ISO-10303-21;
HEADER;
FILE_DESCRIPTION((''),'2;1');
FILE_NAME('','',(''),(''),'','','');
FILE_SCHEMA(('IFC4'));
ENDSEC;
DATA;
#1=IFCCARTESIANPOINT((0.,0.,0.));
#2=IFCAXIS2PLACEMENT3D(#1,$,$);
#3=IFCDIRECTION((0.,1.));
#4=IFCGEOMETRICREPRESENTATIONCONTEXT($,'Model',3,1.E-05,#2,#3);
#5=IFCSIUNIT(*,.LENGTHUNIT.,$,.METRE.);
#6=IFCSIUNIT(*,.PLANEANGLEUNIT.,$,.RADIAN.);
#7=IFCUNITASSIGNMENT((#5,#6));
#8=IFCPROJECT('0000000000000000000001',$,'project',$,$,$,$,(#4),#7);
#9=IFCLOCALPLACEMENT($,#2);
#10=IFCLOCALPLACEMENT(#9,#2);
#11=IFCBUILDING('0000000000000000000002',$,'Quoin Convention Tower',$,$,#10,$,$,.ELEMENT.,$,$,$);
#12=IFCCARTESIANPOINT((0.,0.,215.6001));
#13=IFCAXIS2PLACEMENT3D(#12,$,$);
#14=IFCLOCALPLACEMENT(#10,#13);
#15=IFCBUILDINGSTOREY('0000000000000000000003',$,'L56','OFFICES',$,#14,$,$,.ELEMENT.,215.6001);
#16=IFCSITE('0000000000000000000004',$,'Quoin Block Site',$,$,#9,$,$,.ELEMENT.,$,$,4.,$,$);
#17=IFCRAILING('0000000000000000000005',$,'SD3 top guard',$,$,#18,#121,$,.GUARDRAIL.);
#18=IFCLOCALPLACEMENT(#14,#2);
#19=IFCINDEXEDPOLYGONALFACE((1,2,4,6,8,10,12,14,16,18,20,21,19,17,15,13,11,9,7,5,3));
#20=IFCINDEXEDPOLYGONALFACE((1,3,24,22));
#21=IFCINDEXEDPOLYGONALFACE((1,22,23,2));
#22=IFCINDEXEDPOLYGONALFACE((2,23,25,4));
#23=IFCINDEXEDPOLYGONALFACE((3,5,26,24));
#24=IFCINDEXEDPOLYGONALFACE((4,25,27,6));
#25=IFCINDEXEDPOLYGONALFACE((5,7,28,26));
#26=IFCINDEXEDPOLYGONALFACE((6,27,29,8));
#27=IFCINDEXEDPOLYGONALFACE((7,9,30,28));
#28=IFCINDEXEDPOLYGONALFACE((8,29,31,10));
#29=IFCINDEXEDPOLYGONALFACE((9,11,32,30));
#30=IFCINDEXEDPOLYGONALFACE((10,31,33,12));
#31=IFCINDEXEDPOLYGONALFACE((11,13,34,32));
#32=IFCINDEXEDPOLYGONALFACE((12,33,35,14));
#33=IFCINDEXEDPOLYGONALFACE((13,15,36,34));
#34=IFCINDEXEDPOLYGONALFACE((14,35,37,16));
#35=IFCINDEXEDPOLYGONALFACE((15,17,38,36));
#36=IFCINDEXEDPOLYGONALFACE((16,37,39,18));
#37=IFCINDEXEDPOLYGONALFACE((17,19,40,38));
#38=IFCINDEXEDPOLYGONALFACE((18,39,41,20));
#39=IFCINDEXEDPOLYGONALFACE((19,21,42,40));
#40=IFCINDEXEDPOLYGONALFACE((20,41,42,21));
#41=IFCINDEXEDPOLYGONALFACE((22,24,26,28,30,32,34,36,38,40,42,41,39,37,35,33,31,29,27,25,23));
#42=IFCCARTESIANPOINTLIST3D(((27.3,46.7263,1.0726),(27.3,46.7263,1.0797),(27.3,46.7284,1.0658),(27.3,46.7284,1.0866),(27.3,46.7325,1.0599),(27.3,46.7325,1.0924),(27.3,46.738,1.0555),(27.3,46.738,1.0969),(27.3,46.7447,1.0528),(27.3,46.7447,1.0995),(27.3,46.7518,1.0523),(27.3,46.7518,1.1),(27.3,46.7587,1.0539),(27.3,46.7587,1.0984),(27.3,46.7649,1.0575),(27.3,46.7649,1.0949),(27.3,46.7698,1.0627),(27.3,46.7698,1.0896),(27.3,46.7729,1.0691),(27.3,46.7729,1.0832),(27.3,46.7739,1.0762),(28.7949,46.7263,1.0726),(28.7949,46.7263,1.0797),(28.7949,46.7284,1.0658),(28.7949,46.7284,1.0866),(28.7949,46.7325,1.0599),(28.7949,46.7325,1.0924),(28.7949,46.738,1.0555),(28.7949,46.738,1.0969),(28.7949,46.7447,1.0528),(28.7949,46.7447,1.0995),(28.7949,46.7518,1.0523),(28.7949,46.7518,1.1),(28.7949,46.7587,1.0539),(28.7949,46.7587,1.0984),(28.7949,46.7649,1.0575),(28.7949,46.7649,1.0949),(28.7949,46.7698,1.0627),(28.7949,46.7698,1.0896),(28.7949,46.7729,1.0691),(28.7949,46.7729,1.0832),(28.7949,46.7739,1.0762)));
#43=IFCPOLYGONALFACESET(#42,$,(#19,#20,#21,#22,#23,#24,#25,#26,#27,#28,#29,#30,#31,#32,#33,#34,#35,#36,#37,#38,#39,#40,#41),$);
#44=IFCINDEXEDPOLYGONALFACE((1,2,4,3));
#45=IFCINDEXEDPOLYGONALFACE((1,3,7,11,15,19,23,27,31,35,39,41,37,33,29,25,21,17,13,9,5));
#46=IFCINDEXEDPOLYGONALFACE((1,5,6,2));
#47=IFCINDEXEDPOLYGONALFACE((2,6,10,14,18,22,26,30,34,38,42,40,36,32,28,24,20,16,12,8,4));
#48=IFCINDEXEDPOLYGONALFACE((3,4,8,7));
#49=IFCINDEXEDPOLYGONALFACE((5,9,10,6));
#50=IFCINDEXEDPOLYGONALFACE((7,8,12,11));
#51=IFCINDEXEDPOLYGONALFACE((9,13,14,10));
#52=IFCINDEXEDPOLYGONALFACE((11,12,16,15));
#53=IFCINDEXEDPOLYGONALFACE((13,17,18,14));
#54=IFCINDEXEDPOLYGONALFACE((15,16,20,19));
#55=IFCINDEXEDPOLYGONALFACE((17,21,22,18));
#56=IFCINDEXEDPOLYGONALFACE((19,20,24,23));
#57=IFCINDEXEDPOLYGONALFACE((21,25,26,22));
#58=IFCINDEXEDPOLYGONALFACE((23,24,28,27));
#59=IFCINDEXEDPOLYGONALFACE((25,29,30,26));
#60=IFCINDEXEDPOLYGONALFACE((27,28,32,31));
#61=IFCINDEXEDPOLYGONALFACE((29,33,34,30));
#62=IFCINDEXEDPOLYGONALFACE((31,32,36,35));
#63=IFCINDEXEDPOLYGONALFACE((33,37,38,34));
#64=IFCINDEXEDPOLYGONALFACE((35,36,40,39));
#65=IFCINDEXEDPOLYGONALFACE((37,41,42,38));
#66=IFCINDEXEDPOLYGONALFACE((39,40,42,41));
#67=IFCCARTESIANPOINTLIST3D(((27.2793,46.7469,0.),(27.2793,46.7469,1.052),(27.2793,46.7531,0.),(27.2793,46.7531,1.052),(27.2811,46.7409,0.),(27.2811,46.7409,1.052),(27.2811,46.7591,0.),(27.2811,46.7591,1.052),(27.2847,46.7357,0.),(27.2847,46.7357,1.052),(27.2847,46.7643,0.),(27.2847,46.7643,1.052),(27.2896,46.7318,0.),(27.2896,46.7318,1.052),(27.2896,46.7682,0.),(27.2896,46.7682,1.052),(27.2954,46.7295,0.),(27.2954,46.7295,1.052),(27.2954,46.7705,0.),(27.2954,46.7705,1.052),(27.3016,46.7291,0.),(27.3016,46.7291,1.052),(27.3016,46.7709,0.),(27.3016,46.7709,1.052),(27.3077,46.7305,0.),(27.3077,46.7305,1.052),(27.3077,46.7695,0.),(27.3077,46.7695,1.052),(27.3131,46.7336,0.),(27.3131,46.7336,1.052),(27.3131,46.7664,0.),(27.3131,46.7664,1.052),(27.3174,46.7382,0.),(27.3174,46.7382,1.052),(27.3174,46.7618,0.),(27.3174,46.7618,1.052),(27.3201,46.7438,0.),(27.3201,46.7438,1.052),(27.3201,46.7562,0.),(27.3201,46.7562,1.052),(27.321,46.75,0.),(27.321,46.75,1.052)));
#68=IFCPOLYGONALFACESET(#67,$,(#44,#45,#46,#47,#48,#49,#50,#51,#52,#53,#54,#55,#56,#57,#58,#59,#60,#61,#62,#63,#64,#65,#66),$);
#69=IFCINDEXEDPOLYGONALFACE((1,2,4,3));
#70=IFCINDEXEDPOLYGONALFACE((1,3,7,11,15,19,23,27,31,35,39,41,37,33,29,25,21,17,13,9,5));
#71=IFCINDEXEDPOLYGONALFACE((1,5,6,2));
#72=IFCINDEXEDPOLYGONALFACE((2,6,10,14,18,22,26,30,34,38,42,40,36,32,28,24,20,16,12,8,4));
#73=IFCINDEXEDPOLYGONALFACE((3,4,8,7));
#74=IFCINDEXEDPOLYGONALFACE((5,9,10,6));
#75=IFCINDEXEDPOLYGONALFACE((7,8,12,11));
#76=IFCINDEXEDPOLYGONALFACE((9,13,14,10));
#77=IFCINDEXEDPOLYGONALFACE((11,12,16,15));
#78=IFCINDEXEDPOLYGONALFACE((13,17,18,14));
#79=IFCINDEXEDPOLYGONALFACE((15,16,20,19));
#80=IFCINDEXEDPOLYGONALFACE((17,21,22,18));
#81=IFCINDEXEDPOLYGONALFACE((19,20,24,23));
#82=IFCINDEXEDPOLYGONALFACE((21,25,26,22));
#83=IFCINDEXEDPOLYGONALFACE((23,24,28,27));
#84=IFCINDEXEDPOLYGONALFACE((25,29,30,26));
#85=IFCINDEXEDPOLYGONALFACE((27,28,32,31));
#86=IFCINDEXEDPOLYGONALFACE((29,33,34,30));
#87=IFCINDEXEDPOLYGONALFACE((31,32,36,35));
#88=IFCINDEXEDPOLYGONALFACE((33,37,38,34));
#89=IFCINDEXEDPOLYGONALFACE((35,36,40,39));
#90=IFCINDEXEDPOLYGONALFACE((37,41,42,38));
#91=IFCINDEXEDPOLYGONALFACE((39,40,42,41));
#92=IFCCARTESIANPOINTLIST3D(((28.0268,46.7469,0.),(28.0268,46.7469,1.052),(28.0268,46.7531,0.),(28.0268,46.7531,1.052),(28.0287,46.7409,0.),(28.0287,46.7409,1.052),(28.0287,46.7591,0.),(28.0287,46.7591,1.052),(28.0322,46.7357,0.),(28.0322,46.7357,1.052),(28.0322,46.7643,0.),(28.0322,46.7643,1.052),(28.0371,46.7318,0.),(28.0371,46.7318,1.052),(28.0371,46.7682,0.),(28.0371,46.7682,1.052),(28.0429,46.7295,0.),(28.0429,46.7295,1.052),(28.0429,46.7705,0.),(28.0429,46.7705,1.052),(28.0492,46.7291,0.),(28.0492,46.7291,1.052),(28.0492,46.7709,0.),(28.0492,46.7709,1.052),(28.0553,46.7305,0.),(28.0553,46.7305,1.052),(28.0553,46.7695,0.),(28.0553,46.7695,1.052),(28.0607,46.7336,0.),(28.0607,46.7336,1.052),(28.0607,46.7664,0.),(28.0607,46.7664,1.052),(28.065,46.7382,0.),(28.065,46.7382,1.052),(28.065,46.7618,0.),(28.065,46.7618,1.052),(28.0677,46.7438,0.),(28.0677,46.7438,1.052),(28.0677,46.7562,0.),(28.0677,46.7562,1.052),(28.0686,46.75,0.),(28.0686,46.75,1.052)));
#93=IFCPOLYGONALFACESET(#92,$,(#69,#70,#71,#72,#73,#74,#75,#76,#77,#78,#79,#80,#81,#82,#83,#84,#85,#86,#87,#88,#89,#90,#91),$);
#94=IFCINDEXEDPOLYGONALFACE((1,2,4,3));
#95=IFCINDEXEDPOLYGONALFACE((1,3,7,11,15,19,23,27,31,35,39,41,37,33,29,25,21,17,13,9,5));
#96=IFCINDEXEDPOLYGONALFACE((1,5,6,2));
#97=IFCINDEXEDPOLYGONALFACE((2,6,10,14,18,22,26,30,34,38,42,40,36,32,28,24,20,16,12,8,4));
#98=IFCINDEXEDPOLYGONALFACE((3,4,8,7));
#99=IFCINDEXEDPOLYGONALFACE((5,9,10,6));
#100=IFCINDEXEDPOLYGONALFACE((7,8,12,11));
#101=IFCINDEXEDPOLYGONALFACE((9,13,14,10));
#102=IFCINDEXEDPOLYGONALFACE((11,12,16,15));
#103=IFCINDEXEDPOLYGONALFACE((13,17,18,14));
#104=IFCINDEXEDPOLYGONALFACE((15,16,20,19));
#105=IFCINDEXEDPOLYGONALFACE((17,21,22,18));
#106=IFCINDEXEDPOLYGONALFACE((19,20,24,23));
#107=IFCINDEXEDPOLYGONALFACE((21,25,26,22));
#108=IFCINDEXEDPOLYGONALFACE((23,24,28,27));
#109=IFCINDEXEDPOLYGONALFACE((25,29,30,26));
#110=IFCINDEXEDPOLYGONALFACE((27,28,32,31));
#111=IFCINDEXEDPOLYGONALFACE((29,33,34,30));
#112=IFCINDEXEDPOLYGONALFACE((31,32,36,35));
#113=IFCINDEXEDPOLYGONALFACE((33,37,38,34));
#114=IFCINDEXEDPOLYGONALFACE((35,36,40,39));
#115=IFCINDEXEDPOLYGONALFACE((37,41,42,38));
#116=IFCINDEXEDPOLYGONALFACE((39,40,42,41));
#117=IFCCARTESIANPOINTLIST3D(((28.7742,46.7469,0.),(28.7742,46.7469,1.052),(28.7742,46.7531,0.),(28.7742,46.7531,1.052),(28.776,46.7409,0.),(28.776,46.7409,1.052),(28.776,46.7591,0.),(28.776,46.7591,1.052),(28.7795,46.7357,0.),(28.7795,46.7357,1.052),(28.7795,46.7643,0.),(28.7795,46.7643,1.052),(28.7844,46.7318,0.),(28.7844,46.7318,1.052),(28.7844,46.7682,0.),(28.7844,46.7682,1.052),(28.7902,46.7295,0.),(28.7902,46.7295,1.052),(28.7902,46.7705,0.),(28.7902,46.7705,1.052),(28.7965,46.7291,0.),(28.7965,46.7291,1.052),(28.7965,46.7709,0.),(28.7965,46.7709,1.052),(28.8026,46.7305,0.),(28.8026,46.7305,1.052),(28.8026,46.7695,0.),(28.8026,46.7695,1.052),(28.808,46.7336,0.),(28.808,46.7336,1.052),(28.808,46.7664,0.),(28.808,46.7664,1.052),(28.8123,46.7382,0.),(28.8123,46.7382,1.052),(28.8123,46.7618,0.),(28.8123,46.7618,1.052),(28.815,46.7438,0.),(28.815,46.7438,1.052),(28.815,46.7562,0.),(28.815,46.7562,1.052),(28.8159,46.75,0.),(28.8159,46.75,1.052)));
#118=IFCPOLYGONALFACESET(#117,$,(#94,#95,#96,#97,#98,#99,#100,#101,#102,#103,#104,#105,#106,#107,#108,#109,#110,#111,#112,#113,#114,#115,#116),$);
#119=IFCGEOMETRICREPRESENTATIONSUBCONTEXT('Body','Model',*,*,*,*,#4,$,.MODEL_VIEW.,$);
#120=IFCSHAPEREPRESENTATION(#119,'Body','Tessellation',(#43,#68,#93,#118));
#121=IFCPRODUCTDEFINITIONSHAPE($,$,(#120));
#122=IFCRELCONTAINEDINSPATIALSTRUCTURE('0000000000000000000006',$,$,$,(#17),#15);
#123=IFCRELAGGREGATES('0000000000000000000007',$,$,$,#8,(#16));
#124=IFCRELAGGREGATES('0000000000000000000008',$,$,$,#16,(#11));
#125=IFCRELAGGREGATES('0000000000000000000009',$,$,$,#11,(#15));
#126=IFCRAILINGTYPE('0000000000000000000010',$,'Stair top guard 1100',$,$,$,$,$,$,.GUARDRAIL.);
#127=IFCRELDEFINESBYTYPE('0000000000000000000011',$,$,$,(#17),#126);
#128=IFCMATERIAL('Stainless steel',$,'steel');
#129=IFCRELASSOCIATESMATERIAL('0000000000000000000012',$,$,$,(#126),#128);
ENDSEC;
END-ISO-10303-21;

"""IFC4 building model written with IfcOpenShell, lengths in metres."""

from ifc_helpers import new_model, si_unit, direction, frame, origin, origin_2d, place, context, subcontext, project, spatial, circle, extrude, material, type_object, element, save


model = new_model("IFC4")

# Units and contexts
model_context = context("Model", 3, precision=1e-05, world=origin(), true_north=direction((0.0, 1.0)))
body_context = subcontext(model_context, "Body", "Model", "MODEL_VIEW")
ifc_project = project(units=[si_unit("LENGTHUNIT", "METRE"), si_unit("PLANEANGLEUNIT", "RADIAN")], contexts=[model_context])

# Site, building, storey
site_placement = place(None, origin())
site = spatial("IfcSite", under=ifc_project, at=site_placement, Name="Quoin Block Site", CompositionType="ELEMENT", RefElevation=4.0)
building_placement = place(site_placement, origin())
building = spatial("IfcBuilding", under=site, at=building_placement, Name="Quoin Convention Tower", CompositionType="ELEMENT")
storey_placement = place(building_placement, frame((0.0, 0.0, 215.6001)))
storey = spatial("IfcBuildingStorey", under=building, at=storey_placement, Name="L56", Description="OFFICES", CompositionType="ELEMENT", Elevation=215.6001)

# Railing
ifc_material_1 = material(Name="Stainless steel", Category="steel")
railing_type_1 = type_object("IfcRailingType", Name="Stair top guard 1100", PredefinedType="GUARDRAIL", material=ifc_material_1)
railing_1_placement = place(storey_placement, frame((27.3, 46.75, 0.0)))
element("IfcRailing", 1, at=railing_1_placement, inside=storey, type_object=railing_type_1, Name="SD3 top guard", PredefinedType="GUARDRAIL", context=body_context, shape_type="SweptSolid", body=[
    extrude(circle(Radius=0.0239, at=origin_2d()), frame((0.0, 0.0, 1.0762), z_axis=(1.0, 0.0, 0.0), x_axis=(0.0, 1.0, 0.0)), (0.0, 0.0, 1.0), 1.4949),
    extrude(circle(Radius=0.021, at=origin_2d()), origin(), (0.0, 0.0, 1.0), 1.052),
    extrude(circle(Radius=0.021, at=origin_2d()), frame((0.7476, 0.0, 0.0)), (0.0, 0.0, 1.0), 1.052),
    extrude(circle(Radius=0.021, at=origin_2d()), frame((1.4949, 0.0, 0.0)), (0.0, 0.0, 1.0), 1.052),
])

save(model, "model.ifc")
